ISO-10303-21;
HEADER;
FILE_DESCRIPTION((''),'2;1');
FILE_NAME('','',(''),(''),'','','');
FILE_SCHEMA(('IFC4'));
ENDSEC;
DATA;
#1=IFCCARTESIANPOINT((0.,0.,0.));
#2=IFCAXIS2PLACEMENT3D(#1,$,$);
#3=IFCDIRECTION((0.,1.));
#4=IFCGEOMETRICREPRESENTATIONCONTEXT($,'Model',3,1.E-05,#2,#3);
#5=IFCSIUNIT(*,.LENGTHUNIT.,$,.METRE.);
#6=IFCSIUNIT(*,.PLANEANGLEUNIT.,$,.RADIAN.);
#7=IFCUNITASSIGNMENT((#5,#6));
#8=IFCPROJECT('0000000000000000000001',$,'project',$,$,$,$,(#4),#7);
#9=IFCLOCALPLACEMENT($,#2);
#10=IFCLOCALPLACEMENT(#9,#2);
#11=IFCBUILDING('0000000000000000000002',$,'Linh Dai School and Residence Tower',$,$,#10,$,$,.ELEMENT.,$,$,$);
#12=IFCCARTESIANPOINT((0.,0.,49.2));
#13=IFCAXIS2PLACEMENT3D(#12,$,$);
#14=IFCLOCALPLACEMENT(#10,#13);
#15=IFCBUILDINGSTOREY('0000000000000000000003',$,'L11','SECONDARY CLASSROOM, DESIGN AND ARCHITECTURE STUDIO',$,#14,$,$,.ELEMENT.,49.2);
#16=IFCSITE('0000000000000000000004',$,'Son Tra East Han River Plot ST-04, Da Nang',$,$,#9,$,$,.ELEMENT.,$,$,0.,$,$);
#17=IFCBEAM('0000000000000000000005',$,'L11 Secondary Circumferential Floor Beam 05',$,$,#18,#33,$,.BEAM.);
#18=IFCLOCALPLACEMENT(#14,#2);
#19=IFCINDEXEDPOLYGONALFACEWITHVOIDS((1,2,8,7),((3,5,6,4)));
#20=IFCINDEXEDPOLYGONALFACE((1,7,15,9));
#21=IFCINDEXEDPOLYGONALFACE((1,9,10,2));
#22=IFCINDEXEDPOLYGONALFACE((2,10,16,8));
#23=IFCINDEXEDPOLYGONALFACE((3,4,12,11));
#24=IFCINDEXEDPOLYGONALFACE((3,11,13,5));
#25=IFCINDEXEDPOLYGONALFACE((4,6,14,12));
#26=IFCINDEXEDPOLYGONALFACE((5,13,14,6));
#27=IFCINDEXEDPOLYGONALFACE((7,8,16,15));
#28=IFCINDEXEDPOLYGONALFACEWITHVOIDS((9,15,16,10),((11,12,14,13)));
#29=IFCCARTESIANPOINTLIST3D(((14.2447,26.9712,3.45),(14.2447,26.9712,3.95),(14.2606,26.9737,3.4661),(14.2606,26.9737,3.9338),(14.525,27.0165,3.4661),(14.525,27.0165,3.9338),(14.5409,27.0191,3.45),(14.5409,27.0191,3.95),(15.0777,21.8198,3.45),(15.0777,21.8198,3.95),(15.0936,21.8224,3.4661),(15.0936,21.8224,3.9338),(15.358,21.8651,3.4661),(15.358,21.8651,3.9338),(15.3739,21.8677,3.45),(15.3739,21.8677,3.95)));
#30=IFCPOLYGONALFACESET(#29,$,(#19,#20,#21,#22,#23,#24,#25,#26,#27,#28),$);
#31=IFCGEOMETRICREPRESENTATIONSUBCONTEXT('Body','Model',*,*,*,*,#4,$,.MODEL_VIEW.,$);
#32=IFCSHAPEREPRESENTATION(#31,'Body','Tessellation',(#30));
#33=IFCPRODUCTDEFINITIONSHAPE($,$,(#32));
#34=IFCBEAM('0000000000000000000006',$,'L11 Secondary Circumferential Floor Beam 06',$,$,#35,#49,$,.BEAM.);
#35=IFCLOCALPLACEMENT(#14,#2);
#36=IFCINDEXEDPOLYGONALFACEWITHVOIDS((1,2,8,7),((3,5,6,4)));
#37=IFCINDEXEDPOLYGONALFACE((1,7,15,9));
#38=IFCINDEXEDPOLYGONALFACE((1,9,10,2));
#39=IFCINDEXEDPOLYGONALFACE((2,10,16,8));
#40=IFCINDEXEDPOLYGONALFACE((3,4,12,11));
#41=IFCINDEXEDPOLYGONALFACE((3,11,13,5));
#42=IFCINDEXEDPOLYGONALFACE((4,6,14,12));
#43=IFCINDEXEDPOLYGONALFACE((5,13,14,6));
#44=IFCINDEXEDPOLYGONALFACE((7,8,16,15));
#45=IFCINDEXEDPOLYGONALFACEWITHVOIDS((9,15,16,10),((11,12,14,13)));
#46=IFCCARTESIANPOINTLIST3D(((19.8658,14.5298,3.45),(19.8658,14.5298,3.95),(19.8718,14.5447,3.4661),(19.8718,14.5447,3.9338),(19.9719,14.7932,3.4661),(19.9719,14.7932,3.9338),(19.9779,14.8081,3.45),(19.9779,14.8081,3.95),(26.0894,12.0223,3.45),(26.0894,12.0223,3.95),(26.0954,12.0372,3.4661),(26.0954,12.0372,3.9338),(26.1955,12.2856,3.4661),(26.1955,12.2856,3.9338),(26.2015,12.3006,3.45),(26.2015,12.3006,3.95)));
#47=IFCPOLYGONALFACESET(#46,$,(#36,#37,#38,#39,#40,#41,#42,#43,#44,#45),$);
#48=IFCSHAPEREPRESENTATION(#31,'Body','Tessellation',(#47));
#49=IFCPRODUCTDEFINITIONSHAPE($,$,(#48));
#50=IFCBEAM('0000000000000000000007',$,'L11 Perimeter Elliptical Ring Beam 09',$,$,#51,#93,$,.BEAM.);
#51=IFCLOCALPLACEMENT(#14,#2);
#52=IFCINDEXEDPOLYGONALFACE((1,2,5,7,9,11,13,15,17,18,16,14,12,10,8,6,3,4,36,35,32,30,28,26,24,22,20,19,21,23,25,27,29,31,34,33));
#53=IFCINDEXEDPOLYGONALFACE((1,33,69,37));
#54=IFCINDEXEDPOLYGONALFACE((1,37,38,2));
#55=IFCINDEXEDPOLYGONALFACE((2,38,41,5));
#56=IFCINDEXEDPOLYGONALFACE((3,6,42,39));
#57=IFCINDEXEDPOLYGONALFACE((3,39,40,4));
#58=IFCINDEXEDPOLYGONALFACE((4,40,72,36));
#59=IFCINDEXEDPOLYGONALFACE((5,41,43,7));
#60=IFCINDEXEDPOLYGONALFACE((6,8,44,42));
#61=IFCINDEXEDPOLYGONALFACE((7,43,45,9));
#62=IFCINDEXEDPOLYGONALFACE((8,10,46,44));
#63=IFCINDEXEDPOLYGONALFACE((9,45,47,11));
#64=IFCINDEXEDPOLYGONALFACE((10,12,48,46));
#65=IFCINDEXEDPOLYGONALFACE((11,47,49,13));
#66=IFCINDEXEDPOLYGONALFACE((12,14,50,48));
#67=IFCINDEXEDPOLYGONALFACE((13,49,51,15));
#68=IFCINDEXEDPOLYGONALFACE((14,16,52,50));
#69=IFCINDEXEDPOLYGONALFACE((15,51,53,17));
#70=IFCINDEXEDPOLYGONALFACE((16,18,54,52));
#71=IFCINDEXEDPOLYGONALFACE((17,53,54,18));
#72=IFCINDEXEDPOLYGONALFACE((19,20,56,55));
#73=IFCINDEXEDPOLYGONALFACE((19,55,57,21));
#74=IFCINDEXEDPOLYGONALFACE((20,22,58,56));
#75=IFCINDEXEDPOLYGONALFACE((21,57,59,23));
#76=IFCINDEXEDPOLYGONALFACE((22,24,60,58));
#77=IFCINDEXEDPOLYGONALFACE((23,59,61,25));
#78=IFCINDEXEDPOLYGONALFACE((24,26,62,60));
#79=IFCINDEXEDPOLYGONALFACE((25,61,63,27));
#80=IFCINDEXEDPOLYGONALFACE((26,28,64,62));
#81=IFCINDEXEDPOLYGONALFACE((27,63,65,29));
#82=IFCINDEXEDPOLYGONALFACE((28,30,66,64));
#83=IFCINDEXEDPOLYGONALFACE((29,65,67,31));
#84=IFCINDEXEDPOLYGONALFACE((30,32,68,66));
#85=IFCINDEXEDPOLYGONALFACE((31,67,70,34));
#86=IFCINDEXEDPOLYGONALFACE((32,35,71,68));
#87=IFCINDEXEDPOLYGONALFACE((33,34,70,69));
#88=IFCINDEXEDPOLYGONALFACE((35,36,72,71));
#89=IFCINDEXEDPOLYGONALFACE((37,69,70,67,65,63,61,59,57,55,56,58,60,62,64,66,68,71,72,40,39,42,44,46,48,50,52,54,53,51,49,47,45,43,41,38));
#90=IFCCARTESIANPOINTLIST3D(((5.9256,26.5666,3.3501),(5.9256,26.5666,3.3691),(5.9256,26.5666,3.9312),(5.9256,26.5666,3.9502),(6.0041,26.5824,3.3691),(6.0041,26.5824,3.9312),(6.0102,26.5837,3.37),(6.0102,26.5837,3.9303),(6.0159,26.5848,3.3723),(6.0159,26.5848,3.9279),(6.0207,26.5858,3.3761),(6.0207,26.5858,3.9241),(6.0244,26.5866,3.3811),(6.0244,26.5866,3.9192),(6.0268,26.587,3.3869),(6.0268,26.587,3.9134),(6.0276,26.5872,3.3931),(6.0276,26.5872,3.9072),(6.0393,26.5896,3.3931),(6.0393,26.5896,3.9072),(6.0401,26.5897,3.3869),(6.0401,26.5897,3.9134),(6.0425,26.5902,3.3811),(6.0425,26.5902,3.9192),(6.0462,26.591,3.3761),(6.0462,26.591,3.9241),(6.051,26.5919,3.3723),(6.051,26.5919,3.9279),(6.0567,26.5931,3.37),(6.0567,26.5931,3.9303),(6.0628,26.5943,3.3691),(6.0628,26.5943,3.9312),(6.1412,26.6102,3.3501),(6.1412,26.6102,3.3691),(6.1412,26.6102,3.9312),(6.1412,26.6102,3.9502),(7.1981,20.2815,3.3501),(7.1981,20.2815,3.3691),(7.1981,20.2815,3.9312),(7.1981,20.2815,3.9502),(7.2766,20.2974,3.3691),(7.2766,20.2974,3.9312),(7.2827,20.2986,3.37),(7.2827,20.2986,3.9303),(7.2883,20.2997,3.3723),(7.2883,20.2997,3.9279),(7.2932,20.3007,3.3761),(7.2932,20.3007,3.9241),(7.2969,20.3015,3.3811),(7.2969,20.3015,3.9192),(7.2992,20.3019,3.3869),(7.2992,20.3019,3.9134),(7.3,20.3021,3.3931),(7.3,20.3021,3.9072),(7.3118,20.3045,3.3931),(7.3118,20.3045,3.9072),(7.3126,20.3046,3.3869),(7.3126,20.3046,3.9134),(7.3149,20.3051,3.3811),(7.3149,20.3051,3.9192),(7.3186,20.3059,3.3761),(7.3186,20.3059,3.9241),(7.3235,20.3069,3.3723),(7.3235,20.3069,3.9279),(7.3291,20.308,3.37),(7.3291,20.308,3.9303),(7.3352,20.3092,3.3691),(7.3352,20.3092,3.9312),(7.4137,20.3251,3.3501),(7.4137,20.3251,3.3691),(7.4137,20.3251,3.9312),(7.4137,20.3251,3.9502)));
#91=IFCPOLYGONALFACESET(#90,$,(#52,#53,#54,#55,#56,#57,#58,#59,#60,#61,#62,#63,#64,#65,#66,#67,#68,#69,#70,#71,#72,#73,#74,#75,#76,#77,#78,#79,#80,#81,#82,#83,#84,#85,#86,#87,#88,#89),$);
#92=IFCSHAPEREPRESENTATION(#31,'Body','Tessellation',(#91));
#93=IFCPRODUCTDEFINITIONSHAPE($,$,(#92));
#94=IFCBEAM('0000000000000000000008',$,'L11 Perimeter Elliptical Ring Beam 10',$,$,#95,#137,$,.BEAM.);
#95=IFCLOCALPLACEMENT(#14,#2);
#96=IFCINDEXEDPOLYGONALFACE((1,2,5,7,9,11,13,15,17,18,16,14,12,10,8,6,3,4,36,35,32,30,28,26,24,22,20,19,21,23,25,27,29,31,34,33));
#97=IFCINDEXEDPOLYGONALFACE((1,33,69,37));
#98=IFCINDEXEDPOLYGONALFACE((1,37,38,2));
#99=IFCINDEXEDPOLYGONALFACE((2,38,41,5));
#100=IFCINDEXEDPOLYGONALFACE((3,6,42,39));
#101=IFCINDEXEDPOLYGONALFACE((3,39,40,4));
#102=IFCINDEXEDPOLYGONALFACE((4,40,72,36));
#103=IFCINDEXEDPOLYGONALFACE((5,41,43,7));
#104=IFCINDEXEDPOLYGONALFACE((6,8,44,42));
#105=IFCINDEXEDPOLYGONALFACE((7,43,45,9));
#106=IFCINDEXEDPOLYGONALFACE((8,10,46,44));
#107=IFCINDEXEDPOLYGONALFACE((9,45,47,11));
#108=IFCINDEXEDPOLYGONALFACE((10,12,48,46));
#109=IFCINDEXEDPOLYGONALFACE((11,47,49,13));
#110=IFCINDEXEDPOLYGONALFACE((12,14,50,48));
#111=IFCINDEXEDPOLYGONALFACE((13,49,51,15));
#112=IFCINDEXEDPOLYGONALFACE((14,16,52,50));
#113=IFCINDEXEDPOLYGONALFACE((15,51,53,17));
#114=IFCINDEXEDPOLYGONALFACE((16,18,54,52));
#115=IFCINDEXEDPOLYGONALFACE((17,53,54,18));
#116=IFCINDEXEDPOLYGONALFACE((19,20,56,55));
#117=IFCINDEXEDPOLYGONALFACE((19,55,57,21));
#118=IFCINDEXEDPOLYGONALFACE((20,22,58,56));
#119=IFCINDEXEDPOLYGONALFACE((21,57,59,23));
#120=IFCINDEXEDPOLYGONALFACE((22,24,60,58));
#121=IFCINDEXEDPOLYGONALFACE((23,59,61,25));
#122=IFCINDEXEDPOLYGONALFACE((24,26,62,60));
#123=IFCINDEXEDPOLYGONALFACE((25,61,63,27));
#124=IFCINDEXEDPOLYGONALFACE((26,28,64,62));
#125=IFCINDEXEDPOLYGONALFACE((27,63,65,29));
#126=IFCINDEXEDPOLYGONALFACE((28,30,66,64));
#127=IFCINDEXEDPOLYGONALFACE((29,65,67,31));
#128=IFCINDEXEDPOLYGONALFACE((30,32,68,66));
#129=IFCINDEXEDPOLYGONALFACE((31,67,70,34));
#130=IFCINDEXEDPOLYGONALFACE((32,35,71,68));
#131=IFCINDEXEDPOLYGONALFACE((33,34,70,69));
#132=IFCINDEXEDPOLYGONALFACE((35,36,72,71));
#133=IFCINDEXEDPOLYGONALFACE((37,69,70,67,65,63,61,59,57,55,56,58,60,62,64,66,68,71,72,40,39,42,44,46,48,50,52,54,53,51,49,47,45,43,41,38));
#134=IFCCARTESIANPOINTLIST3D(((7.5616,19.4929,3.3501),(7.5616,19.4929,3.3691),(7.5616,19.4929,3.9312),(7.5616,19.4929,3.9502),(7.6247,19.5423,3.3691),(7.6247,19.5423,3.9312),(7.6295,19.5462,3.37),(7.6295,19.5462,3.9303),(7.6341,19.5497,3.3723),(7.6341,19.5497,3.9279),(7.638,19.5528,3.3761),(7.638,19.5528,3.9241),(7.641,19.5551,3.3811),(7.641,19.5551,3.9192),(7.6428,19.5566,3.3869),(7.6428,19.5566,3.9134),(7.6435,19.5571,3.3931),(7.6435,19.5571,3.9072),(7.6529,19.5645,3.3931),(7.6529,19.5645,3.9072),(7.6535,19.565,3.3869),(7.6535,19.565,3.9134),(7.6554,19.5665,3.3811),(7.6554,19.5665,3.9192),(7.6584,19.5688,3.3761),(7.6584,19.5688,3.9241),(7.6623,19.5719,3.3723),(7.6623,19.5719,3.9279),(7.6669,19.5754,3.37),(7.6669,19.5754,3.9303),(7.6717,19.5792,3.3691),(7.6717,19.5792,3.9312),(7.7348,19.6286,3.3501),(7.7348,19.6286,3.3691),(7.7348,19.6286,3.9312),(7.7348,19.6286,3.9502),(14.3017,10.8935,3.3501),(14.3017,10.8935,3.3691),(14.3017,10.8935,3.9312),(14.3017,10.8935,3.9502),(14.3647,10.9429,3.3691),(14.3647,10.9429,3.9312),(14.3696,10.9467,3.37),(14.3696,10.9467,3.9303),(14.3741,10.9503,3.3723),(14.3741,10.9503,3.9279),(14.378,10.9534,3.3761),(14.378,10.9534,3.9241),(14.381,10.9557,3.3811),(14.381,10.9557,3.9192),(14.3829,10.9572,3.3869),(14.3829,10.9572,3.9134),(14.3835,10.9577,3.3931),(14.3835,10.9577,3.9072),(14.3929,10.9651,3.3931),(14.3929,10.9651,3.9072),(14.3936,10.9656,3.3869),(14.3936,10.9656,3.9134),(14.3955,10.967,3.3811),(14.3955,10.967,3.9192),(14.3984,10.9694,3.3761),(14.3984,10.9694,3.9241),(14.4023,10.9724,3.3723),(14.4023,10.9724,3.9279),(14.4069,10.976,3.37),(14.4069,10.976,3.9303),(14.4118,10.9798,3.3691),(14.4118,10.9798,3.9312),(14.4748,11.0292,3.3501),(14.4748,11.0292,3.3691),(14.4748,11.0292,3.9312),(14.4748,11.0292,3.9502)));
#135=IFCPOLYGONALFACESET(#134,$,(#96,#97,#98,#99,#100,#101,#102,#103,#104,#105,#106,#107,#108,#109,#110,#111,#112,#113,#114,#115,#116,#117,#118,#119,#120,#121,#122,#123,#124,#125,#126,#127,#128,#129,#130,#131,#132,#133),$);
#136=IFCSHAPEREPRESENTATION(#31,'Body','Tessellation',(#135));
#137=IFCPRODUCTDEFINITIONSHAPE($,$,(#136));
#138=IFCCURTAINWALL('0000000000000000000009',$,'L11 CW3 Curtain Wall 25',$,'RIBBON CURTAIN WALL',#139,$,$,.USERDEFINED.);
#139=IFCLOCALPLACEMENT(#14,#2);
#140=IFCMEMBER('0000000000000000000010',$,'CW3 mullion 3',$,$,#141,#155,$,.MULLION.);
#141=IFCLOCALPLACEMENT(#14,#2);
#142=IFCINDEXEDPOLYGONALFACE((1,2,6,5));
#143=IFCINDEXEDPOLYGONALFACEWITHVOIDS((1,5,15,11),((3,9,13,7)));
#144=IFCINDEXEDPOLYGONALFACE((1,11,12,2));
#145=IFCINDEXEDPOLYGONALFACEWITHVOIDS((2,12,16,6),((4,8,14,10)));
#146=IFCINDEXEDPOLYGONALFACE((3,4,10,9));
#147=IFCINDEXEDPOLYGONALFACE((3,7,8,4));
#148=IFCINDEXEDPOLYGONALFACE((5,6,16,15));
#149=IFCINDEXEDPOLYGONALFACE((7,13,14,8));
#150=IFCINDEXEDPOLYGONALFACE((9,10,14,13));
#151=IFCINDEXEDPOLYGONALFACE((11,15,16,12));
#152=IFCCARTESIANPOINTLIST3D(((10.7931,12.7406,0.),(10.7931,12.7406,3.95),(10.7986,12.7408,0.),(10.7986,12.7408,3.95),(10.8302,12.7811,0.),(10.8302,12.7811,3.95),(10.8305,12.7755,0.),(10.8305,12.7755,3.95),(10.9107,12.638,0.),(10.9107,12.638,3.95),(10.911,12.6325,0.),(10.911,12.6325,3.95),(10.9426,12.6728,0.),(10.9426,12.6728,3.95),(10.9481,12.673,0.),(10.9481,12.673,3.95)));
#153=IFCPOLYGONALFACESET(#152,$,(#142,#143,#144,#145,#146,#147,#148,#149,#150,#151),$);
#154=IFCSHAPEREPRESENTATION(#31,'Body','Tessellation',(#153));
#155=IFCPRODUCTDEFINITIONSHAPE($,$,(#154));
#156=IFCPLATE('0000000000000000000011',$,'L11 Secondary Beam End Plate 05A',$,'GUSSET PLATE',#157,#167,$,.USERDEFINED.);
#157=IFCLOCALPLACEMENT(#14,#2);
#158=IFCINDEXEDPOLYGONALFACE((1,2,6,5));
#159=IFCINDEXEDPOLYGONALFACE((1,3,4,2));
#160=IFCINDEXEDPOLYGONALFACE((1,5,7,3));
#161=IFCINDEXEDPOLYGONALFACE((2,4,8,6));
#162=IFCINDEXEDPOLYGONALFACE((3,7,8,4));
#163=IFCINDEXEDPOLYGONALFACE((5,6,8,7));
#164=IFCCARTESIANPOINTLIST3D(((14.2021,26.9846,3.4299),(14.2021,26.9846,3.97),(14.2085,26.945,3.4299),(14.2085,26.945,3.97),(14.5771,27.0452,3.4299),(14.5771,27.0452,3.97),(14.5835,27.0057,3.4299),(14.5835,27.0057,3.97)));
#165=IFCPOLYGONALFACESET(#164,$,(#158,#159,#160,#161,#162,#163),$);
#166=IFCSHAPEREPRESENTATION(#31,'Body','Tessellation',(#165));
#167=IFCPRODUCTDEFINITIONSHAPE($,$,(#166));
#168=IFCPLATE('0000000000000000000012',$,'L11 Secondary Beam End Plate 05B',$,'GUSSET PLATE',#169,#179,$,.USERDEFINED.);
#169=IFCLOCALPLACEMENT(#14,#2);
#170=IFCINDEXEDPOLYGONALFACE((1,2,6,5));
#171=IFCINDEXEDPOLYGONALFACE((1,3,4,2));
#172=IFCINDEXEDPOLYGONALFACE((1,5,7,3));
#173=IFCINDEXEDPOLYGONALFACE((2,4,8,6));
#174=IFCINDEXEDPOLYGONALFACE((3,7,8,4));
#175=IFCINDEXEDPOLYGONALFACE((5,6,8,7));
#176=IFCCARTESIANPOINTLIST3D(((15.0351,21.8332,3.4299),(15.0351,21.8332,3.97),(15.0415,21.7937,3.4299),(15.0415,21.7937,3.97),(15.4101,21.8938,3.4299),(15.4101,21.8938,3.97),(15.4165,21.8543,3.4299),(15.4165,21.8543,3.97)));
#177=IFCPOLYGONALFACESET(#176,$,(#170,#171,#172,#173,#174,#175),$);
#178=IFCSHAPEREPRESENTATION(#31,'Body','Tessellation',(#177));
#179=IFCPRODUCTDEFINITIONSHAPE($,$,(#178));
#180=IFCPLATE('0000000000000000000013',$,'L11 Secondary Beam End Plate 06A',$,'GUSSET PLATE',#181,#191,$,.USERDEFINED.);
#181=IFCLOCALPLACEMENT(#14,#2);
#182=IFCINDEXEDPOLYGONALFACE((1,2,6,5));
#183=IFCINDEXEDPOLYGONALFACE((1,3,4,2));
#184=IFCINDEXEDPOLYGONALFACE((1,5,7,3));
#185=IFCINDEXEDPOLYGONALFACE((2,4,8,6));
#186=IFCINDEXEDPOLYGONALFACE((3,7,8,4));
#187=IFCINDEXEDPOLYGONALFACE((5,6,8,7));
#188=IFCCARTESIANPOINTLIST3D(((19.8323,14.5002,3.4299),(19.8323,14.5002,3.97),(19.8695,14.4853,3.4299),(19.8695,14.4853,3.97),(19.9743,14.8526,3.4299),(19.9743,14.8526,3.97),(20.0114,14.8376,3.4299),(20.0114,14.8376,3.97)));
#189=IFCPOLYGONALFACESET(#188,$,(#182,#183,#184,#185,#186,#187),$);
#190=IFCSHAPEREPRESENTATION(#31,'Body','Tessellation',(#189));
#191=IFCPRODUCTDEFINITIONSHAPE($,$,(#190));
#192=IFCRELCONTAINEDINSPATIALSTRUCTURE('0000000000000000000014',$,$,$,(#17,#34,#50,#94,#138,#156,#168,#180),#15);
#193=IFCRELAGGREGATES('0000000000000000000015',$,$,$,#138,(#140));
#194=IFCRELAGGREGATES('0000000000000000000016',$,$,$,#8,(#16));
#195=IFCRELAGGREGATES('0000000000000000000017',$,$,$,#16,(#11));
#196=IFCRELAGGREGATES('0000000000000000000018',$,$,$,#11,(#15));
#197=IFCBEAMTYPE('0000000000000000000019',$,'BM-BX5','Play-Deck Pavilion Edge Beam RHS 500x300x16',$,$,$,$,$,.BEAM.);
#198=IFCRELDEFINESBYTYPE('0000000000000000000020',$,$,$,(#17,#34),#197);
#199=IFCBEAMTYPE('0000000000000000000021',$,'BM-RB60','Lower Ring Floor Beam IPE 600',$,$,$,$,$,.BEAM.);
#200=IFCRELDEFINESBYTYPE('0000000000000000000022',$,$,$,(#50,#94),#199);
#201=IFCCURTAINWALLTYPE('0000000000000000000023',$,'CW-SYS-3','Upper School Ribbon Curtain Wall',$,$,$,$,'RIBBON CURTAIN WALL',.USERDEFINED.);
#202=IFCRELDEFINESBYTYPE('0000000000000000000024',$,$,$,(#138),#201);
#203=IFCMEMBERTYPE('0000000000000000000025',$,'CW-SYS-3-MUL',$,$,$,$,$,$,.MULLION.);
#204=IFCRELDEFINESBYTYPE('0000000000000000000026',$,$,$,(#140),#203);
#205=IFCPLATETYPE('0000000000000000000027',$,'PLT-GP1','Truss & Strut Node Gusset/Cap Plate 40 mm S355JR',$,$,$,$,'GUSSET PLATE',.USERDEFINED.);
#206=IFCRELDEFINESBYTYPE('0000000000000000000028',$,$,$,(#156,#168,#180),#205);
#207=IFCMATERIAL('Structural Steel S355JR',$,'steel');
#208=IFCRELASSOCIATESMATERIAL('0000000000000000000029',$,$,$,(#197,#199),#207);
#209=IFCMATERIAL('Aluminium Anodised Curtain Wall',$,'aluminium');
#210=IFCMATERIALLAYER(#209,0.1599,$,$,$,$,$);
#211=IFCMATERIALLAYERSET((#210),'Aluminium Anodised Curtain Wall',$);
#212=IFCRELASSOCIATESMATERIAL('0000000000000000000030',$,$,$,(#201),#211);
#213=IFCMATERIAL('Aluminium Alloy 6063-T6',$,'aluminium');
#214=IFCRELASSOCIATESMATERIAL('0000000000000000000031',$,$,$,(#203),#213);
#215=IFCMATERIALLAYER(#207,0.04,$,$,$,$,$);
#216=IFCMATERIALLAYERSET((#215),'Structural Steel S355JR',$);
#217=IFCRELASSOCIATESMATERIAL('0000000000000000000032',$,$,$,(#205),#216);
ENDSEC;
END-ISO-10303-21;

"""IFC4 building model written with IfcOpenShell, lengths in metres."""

from ifc_helpers import new_model, si_unit, direction, frame, origin, origin_2d, place, context, subcontext, project, spatial, rectangle, hollow_rectangle, i_section, extrude, source, transform, mapped, material, layer, layer_set, material_profile, profile_set, type_object, element, aggregate, save


model = new_model("IFC4")

# Units and contexts
model_context = context("Model", 3, precision=1e-05, world=origin(), true_north=direction((0.0, 1.0)))
body_context = subcontext(model_context, "Body", "Model", "MODEL_VIEW")
ifc_project = project(units=[si_unit("LENGTHUNIT", "METRE"), si_unit("PLANEANGLEUNIT", "RADIAN")], contexts=[model_context])

# Site, building, storey
site_placement = place(None, origin())
site = spatial("IfcSite", under=ifc_project, at=site_placement, Name="Son Tra East Han River Plot ST-04, Da Nang", CompositionType="ELEMENT", RefElevation=0.0)
building_placement = place(site_placement, origin())
building = spatial("IfcBuilding", under=site, at=building_placement, Name="Linh Dai School and Residence Tower", CompositionType="ELEMENT")
storey_placement = place(building_placement, frame((0.0, 0.0, 49.2)))
storey = spatial("IfcBuildingStorey", under=building, at=storey_placement, Name="L11", Description="SECONDARY CLASSROOM, DESIGN AND ARCHITECTURE STUDIO", CompositionType="ELEMENT", Elevation=49.2)

# Shared definitions
ifc_material_1 = material(Name="Structural Steel S355JR", Category="steel")

# Beams
ifc_material_profile_1 = material_profile(ifc_material_1, hollow_rectangle(XDim=0.3, YDim=0.5, WallThickness=0.0161, at=origin_2d()), Name="RHS 500x300x16")
ifc_profile_set_1 = profile_set([ifc_material_profile_1], Name="Structural Steel S355JR")
beam_type_1 = type_object("IfcBeamType", Name="BM-BX5", Description="Play-Deck Pavilion Edge Beam RHS 500x300x16", PredefinedType="BEAM", material=ifc_profile_set_1)
beam_1_placement = place(storey_placement, frame((14.3928, 26.9951, 3.7), z_axis=(0.159633, -0.987177, 0.0), x_axis=(0.987177, 0.159633, 0.0)))
element("IfcBeam", 1, at=beam_1_placement, inside=storey, type_object=beam_type_1, Name="L11 Secondary Circumferential Floor Beam 05", PredefinedType="BEAM", context=body_context, shape_type="SweptSolid", body=[
    extrude(hollow_rectangle(XDim=0.3, YDim=0.5, WallThickness=0.0161, at=origin_2d()), origin(), (0.0, 0.0, 1.0), 5.2183),
])
beam_2_placement = place(storey_placement, frame((19.9219, 14.6689, 3.7), z_axis=(0.927543, -0.373717, 0.0), x_axis=(0.373717, 0.927543, 0.0)))
element("IfcBeam", 2, at=beam_2_placement, inside=storey, type_object=beam_type_1, Name="L11 Secondary Circumferential Floor Beam 06", PredefinedType="BEAM", context=body_context, shape_type="SweptSolid", body=[
    extrude(hollow_rectangle(XDim=0.3, YDim=0.5, WallThickness=0.0161, at=origin_2d()), origin(), (0.0, 0.0, 1.0), 6.7097),
])
ifc_material_profile_2 = material_profile(ifc_material_1, i_section(OverallWidth=0.22, OverallDepth=0.6001, WebThickness=0.012, FlangeThickness=0.019, FilletRadius=0.0239, at=origin_2d()), Name="IPE 600")
ifc_profile_set_2 = profile_set([ifc_material_profile_2], Name="Structural Steel S355JR")
beam_type_2 = type_object("IfcBeamType", Name="BM-RB60", Description="Lower Ring Floor Beam IPE 600", PredefinedType="BEAM", material=ifc_profile_set_2)
beam_3_placement = place(storey_placement, frame((6.0334, 26.5884, 3.6501), z_axis=(0.198429, -0.980115, 0.0), x_axis=(0.980115, 0.198429, 0.0)))
element("IfcBeam", 3, at=beam_3_placement, inside=storey, type_object=beam_type_2, Name="L11 Perimeter Elliptical Ring Beam 09", PredefinedType="BEAM", context=body_context, shape_type="SweptSolid", body=[
    extrude(i_section(OverallWidth=0.22, OverallDepth=0.6001, WebThickness=0.012, FlangeThickness=0.019, FilletRadius=0.0239, at=origin_2d()), origin(), (0.0, 0.0, 1.0), 6.4126),
])
beam_4_placement = place(storey_placement, frame((7.6482, 19.5608, 3.6501), z_axis=(0.616879, -0.787058, 0.0), x_axis=(0.787058, 0.616879, 0.0)))
element("IfcBeam", 4, at=beam_4_placement, inside=storey, type_object=beam_type_2, Name="L11 Perimeter Elliptical Ring Beam 10", PredefinedType="BEAM", context=body_context, shape_type="SweptSolid", body=[
    extrude(i_section(OverallWidth=0.22, OverallDepth=0.6001, WebThickness=0.012, FlangeThickness=0.019, FilletRadius=0.0239, at=origin_2d()), origin(), (0.0, 0.0, 1.0), 10.926),
])

# Curtain wall, member
ifc_material_2 = material(Name="Aluminium Anodised Curtain Wall", Category="aluminium")
ifc_layer_1 = layer(ifc_material_2, 0.1599)
ifc_layer_set_1 = layer_set([ifc_layer_1], Name="Aluminium Anodised Curtain Wall")
curtain_wall_type = type_object("IfcCurtainWallType", Name="CW-SYS-3", Description="Upper School Ribbon Curtain Wall", ElementType="RIBBON CURTAIN WALL", PredefinedType="USERDEFINED", material=ifc_layer_set_1)
curtain_wall_placement = place(storey_placement, origin())
curtain_wall = element("IfcCurtainWall", 5, at=curtain_wall_placement, inside=storey, type_object=curtain_wall_type, Name="L11 CW3 Curtain Wall 25", ObjectType="RIBBON CURTAIN WALL", PredefinedType="USERDEFINED")
ifc_material_3 = material(Name="Aluminium Alloy 6063-T6", Category="aluminium")
ifc_material_profile_3 = material_profile(ifc_material_3, hollow_rectangle(XDim=0.0549, YDim=0.1599, WallThickness=0.0039, at=origin_2d()), Name="RHS 160x55x4")
ifc_profile_set_3 = profile_set([ifc_material_profile_3], Name="Aluminium Alloy 6063-T6")
member_type = type_object("IfcMemberType", Name="CW-SYS-3-MUL", PredefinedType="MULLION", material=ifc_profile_set_3)
shared_shape_1 = source(origin(), body_context, "Body", "SweptSolid", [
    extrude(hollow_rectangle(XDim=0.0549, YDim=0.1599, WallThickness=0.0039, at=origin_2d()), origin(), (0.0, 0.0, 1.0), 3.95),
])
member_placement = place(storey_placement, frame((10.8706, 12.7068, 0.0), z_axis=(0.0, 0.0, 1.0), x_axis=(-0.675769, -0.737113, 0.0)))
member = element("IfcMember", 6, at=member_placement, type_object=member_type, Name="CW3 mullion 3", PredefinedType="MULLION", context=body_context, shape_type="MappedRepresentation", body=[
    mapped(shared_shape_1, transform((0.0, 0.0, 0.0), x_axis=(1.0, 0.0, 0.0), y_axis=(0.0, 1.0, 0.0), z_axis=(0.0, 0.0, 1.0), scale=1.0)),
])
aggregate(curtain_wall, [member])

# Plates
ifc_layer_2 = layer(ifc_material_1, 0.04)
ifc_layer_set_2 = layer_set([ifc_layer_2], Name="Structural Steel S355JR")
plate_type_1 = type_object("IfcPlateType", Name="PLT-GP1", Description="Truss & Strut Node Gusset/Cap Plate 40 mm S355JR", ElementType="GUSSET PLATE", PredefinedType="USERDEFINED", material=ifc_layer_set_2)
shared_shape_2 = source(origin(), body_context, "Body", "SweptSolid", [
    extrude(rectangle(XDim=0.04, YDim=0.3799, at=origin_2d()), origin(), (0.0, 0.0, 1.0), 0.54),
])
for number, where, z_axis, x_axis, name in (
    (7, (14.3928, 26.9951, 3.4299), (0.0, 0.0, 1.0), (0.159659, -0.987172, 0.0), "L11 Secondary Beam End Plate 05A"),
    (8, (15.2258, 21.8438, 3.4299), (0.0, 0.0, 1.0), (0.159659, -0.987172, 0.0), "L11 Secondary Beam End Plate 05B"),
    (9, (19.9219, 14.6689, 3.4299), (0.0, 0.0, 1.0), (0.927536, -0.373733, 0.0), "L11 Secondary Beam End Plate 06A"),
):
    element("IfcPlate", number, at=place(storey_placement, frame(where, z_axis=z_axis, x_axis=x_axis)), inside=storey, type_object=plate_type_1, Name=name, ObjectType="GUSSET PLATE", PredefinedType="USERDEFINED", context=body_context, shape_type="MappedRepresentation", body=[
        mapped(shared_shape_2, transform((0.0, 0.0, 0.0), x_axis=(1.0, 0.0, 0.0), y_axis=(0.0, 1.0, 0.0), z_axis=(0.0, 0.0, 1.0), scale=1.0)),
    ])

save(model, "model.ifc")
